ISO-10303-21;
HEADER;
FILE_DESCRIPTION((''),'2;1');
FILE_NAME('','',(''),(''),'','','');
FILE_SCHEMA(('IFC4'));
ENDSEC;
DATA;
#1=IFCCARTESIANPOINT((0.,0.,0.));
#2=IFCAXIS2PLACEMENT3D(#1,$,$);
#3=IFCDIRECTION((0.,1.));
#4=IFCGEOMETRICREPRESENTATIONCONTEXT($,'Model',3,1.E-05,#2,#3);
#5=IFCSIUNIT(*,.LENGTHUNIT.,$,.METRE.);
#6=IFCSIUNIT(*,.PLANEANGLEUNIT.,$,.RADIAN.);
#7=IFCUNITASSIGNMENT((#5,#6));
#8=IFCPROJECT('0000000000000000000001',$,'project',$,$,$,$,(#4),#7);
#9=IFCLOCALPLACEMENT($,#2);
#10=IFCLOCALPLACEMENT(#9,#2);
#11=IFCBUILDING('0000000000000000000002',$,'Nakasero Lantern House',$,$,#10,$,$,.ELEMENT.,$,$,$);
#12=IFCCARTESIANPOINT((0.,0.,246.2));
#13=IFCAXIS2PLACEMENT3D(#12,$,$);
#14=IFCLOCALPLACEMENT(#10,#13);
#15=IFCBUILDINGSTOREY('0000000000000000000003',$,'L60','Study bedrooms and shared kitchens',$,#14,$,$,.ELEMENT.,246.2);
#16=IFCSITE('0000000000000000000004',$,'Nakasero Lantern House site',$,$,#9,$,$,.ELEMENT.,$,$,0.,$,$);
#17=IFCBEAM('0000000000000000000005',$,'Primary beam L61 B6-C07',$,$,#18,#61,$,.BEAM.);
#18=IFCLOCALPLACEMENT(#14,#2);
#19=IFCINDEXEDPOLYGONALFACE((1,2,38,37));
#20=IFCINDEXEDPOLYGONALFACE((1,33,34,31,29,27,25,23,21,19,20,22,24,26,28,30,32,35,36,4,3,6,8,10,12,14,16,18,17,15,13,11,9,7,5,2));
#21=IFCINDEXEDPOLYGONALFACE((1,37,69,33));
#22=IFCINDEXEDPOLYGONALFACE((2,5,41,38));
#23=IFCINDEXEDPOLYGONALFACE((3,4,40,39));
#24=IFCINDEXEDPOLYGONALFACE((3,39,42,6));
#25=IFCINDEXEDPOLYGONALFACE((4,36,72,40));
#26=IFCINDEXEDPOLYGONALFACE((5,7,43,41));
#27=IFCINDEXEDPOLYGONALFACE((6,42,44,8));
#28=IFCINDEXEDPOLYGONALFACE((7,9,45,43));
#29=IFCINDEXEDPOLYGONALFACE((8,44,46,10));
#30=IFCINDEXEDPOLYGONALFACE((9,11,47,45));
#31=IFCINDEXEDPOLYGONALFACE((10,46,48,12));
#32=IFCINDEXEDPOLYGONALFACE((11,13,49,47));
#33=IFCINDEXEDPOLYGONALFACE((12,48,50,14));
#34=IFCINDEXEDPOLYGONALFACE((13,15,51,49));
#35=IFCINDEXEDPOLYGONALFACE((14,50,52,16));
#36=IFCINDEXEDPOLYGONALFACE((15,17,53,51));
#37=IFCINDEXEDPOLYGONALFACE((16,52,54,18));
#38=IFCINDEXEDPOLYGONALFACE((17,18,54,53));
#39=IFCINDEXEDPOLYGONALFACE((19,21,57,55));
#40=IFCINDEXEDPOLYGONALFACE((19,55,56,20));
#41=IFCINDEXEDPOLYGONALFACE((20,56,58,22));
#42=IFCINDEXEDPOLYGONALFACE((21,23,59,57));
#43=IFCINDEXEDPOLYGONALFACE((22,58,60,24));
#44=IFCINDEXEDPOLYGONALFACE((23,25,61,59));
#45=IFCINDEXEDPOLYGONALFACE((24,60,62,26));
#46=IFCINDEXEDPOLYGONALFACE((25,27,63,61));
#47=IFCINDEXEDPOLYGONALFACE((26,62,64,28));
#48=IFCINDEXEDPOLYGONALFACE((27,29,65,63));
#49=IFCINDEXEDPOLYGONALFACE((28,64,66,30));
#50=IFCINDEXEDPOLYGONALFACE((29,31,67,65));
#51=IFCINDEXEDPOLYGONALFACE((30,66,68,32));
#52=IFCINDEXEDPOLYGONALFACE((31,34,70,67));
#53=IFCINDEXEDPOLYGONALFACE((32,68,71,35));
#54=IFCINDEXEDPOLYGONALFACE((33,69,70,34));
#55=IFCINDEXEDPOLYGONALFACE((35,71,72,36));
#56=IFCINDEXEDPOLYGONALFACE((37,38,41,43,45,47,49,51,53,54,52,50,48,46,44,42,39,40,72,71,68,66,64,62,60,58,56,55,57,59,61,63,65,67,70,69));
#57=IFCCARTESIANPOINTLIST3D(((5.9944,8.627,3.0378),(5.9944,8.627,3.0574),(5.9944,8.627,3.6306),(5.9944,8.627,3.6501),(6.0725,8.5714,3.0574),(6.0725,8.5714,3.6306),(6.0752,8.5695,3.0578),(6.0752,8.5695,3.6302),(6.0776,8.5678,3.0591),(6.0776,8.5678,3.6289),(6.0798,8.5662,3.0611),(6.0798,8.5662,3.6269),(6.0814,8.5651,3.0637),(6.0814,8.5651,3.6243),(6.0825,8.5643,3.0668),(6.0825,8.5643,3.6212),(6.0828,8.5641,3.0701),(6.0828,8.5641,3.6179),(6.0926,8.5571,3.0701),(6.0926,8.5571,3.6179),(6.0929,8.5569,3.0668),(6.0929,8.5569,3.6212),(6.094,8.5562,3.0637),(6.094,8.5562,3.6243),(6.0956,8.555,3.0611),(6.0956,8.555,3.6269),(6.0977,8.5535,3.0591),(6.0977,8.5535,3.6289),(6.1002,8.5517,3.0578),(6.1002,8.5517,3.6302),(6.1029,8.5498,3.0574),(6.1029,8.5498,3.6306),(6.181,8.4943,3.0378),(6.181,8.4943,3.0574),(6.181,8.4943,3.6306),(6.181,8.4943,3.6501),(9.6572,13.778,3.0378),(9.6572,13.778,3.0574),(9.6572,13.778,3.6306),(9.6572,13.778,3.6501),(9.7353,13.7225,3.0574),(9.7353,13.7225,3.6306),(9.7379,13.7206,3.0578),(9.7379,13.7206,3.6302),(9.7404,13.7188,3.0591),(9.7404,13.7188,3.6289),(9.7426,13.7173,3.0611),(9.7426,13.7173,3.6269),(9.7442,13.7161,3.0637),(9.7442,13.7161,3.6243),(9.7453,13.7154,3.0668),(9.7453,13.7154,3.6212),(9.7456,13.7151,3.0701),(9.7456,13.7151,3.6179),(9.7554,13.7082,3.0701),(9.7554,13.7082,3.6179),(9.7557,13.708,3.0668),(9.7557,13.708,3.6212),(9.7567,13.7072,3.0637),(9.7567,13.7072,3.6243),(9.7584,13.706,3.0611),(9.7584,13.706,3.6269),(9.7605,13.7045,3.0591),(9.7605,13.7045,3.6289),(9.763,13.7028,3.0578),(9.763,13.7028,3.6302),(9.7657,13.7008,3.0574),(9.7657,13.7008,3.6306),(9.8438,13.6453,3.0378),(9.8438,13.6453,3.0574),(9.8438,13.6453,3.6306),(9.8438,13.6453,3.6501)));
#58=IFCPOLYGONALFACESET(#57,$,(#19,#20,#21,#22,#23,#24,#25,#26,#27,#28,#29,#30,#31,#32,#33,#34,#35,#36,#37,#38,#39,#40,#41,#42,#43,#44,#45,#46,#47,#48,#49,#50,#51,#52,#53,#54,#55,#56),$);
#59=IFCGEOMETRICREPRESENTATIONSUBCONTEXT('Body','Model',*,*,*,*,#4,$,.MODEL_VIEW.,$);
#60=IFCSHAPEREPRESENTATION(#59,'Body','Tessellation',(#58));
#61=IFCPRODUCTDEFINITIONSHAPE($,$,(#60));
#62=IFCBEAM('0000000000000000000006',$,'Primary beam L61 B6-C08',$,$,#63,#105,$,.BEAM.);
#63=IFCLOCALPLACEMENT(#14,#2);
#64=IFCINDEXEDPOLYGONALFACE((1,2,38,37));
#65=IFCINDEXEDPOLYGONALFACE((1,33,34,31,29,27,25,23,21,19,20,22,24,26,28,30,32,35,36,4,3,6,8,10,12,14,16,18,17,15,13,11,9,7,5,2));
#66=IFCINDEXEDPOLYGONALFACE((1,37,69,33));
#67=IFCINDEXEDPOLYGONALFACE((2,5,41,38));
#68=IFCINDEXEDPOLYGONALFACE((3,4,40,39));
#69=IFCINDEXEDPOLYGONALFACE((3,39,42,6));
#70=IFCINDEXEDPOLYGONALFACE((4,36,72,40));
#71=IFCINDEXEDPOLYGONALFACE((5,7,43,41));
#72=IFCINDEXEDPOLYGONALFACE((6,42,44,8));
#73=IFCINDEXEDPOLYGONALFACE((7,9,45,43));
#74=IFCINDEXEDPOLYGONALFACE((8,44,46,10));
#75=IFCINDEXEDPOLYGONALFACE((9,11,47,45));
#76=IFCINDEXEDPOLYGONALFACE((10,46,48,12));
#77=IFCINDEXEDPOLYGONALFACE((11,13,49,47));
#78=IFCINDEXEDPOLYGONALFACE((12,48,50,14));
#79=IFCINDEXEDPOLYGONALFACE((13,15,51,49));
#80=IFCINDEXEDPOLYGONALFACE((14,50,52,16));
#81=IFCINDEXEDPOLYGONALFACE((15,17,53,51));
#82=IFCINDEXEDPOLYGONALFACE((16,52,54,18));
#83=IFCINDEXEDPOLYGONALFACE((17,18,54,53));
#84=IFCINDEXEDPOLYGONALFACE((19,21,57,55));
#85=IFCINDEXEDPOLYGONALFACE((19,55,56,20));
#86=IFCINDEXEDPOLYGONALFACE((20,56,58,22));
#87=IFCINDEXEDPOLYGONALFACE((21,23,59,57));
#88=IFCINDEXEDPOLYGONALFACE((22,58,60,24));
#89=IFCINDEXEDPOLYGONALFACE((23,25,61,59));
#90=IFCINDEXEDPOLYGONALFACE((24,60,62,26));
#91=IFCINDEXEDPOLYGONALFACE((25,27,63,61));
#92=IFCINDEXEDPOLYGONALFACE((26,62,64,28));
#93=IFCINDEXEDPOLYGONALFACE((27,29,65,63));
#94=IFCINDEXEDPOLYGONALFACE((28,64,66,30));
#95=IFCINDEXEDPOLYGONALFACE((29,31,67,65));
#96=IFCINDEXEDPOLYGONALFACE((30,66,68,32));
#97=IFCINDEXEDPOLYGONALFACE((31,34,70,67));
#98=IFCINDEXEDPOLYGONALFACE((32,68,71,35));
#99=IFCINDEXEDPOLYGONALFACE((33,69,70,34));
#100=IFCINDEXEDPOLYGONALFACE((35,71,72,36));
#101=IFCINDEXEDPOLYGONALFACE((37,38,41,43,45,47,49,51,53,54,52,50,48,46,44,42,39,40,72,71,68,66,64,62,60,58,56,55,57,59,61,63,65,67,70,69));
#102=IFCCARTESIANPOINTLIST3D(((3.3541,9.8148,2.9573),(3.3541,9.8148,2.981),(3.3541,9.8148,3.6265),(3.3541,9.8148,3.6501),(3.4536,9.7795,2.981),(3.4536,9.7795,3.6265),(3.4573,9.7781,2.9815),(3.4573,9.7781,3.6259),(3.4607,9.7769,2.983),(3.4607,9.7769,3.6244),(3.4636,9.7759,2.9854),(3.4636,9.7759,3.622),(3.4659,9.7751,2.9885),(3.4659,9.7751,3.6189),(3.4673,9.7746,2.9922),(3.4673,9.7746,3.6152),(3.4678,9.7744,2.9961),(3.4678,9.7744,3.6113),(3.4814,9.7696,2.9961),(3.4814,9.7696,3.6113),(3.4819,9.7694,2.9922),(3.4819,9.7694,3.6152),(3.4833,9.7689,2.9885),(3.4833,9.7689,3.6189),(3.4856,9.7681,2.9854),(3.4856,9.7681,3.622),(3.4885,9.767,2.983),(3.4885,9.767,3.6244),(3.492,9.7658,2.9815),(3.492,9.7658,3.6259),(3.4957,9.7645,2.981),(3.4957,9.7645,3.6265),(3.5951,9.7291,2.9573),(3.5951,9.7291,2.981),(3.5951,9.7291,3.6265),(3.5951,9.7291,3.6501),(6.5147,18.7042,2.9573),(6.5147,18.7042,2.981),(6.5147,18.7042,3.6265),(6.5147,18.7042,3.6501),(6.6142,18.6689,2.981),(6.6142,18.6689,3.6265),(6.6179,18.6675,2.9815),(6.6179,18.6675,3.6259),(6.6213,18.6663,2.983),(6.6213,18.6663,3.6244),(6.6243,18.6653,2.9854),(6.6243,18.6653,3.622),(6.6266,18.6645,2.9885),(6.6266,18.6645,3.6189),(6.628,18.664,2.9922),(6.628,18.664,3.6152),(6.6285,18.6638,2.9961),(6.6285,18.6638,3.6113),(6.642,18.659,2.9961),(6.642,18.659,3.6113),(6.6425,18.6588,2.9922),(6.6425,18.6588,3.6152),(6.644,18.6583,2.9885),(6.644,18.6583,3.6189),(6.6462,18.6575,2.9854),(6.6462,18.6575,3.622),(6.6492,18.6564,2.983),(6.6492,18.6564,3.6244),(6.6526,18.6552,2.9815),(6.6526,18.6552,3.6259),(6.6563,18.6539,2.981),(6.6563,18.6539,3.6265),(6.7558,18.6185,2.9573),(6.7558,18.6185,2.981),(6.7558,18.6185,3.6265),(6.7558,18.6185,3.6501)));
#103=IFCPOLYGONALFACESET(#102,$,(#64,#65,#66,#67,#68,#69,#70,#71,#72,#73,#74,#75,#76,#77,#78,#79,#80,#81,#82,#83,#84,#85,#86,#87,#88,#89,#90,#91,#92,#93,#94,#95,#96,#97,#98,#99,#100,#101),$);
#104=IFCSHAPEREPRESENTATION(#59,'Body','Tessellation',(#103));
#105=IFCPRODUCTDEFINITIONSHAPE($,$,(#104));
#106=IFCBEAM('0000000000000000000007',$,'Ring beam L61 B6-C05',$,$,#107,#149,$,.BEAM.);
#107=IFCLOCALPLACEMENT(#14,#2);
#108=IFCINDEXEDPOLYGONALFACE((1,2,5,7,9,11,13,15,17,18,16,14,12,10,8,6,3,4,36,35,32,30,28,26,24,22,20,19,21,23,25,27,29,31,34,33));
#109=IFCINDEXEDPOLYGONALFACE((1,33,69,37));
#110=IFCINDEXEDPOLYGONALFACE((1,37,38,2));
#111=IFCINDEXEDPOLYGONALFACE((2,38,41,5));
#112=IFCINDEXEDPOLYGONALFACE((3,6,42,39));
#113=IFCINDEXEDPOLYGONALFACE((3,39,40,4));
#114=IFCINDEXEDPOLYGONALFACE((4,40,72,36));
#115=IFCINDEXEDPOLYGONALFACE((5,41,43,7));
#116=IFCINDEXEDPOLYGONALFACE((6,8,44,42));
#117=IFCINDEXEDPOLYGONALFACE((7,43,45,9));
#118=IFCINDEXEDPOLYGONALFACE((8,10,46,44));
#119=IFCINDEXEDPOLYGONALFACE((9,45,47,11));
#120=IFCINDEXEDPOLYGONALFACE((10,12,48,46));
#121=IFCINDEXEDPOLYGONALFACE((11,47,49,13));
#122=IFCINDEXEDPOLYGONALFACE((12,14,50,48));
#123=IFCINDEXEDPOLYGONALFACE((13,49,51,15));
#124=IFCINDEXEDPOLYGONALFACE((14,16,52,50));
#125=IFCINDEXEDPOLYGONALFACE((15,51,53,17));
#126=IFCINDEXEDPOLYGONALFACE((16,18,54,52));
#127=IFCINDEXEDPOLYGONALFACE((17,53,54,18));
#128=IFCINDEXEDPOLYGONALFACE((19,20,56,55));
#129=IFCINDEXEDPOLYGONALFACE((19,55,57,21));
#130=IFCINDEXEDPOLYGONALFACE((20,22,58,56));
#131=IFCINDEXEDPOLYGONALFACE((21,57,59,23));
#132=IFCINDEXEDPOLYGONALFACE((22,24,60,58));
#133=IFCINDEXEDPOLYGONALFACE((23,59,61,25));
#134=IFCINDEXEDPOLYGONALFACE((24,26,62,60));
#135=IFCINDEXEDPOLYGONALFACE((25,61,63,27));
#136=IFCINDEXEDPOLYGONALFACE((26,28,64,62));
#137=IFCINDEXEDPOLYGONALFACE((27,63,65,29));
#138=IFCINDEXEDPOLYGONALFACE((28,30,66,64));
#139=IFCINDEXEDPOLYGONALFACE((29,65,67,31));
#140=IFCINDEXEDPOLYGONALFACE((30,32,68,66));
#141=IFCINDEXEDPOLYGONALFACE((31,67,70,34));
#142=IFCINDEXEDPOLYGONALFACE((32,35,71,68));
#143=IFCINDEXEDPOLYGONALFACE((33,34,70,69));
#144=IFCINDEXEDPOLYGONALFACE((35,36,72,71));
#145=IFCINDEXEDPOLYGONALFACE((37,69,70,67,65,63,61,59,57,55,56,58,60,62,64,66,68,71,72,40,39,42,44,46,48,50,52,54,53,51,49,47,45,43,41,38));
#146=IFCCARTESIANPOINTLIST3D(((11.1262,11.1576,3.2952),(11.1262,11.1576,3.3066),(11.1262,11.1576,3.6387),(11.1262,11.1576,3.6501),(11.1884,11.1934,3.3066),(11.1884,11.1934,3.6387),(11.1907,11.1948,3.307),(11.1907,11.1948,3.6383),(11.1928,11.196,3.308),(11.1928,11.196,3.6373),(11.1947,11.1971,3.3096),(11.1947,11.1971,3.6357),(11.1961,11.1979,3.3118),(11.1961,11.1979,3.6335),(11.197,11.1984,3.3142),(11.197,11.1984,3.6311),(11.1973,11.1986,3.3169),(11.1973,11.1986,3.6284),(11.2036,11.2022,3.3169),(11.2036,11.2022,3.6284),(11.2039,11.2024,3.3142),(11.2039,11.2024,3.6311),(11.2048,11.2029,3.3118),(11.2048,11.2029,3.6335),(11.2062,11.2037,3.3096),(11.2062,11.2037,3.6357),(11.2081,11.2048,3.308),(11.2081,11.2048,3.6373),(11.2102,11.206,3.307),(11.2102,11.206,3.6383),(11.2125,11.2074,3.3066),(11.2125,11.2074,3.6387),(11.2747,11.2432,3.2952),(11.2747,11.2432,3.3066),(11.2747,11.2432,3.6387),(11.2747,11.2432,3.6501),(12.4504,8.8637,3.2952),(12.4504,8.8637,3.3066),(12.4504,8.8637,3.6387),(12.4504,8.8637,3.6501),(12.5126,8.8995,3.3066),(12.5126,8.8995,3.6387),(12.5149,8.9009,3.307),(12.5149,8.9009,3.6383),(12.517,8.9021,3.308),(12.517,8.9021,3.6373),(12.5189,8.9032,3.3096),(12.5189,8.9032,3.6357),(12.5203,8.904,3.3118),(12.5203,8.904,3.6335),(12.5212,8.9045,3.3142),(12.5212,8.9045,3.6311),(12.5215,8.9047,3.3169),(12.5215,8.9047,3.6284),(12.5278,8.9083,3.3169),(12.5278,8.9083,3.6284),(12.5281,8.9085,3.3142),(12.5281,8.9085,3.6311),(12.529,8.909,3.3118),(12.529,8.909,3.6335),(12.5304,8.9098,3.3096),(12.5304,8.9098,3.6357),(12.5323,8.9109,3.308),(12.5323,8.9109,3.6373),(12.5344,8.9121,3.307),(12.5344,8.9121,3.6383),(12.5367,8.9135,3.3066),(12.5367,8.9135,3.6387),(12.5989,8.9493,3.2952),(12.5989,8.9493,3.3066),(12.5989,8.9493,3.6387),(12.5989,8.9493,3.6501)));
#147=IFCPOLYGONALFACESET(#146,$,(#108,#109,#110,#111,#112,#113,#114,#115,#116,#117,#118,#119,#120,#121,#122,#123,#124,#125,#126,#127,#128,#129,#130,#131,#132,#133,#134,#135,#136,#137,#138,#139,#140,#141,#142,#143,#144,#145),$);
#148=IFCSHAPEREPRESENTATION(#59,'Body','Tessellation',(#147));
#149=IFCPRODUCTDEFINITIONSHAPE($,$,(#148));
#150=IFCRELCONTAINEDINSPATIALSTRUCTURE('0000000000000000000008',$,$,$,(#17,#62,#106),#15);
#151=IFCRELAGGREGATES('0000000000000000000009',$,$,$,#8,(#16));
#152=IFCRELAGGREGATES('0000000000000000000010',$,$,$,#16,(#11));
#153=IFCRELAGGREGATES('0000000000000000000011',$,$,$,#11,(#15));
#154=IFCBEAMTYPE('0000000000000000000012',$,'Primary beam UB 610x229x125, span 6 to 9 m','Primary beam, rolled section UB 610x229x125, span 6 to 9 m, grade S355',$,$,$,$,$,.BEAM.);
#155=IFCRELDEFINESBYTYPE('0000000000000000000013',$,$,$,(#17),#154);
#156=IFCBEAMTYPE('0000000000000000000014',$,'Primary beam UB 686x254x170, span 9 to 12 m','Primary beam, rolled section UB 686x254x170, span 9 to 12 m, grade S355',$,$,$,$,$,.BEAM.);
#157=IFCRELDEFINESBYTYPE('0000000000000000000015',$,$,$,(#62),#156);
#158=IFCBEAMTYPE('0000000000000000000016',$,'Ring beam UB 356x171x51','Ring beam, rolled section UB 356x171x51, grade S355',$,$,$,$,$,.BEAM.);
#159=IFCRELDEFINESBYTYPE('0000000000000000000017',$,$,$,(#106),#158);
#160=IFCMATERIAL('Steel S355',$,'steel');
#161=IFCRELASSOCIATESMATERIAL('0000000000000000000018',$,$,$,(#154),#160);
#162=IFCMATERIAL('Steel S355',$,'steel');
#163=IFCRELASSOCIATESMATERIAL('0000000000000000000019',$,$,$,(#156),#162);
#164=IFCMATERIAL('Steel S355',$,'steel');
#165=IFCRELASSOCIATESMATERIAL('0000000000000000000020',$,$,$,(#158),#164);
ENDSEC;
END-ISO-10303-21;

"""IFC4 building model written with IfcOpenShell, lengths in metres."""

from ifc_helpers import new_model, si_unit, direction, frame, origin, origin_2d, place, context, subcontext, project, spatial, i_section, extrude, material, material_profile, profile_set, type_object, element, save


model = new_model("IFC4")

# Units and contexts
model_context = context("Model", 3, precision=1e-05, world=origin(), true_north=direction((0.0, 1.0)))
body_context = subcontext(model_context, "Body", "Model", "MODEL_VIEW")
ifc_project = project(units=[si_unit("LENGTHUNIT", "METRE"), si_unit("PLANEANGLEUNIT", "RADIAN")], contexts=[model_context])

# Site, building, storey
site_placement = place(None, origin())
site = spatial("IfcSite", under=ifc_project, at=site_placement, Name="Nakasero Lantern House site", CompositionType="ELEMENT", RefElevation=0.0)
building_placement = place(site_placement, origin())
building = spatial("IfcBuilding", under=site, at=building_placement, Name="Nakasero Lantern House", CompositionType="ELEMENT")
storey_placement = place(building_placement, frame((0.0, 0.0, 246.2)))
storey = spatial("IfcBuildingStorey", under=building, at=storey_placement, Name="L60", Description="Study bedrooms and shared kitchens", CompositionType="ELEMENT", Elevation=246.2)

# Beams
ifc_material_1 = material(Name="Steel S355", Category="steel")
ifc_material_profile_1 = material_profile(ifc_material_1, i_section(OverallWidth=0.229, OverallDepth=0.6123, WebThickness=0.012, FlangeThickness=0.0195, FilletRadius=0.0127, at=origin_2d()), Name="UB 610x229x125")
ifc_profile_set_1 = profile_set([ifc_material_profile_1], Name="Steel S355")
beam_type_1 = type_object("IfcBeamType", Name="Primary beam UB 610x229x125, span 6 to 9 m", Description="Primary beam, rolled section UB 610x229x125, span 6 to 9 m, grade S355", PredefinedType="BEAM", material=ifc_profile_set_1)
beam_1_placement = place(storey_placement, frame((9.7505, 13.7117, 3.344), z_axis=(-0.579505, -0.814969, 0.0), x_axis=(0.814969, -0.579505, 0.0)))
element("IfcBeam", 1, at=beam_1_placement, inside=storey, type_object=beam_type_1, Name="Primary beam L61 B6-C07", PredefinedType="BEAM", context=body_context, shape_type="SweptSolid", body=[
    extrude(i_section(OverallWidth=0.229, OverallDepth=0.6123, WebThickness=0.012, FlangeThickness=0.0195, FilletRadius=0.0127, at=origin_2d()), origin(), (0.0, 0.0, 1.0), 6.3206),
])
ifc_material_2 = material(Name="Steel S355", Category="steel")
ifc_material_profile_2 = material_profile(ifc_material_2, i_section(OverallWidth=0.2559, OverallDepth=0.6929, WebThickness=0.0144, FlangeThickness=0.0237, FilletRadius=0.0151, at=origin_2d()), Name="UB 686x254x170")
ifc_profile_set_2 = profile_set([ifc_material_profile_2], Name="Steel S355")
beam_type_2 = type_object("IfcBeamType", Name="Primary beam UB 686x254x170, span 9 to 12 m", Description="Primary beam, rolled section UB 686x254x170, span 9 to 12 m, grade S355", PredefinedType="BEAM", material=ifc_profile_set_2)
beam_2_placement = place(storey_placement, frame((6.6353, 18.6614, 3.3037), z_axis=(-0.335007, -0.942216, 0.0), x_axis=(0.942216, -0.335007, 0.0)))
element("IfcBeam", 2, at=beam_2_placement, inside=storey, type_object=beam_type_2, Name="Primary beam L61 B6-C08", PredefinedType="BEAM", context=body_context, shape_type="SweptSolid", body=[
    extrude(i_section(OverallWidth=0.2559, OverallDepth=0.6929, WebThickness=0.0144, FlangeThickness=0.0237, FilletRadius=0.0151, at=origin_2d()), origin(), (0.0, 0.0, 1.0), 9.4346),
])
ifc_material_3 = material(Name="Steel S355", Category="steel")
ifc_material_profile_3 = material_profile(ifc_material_3, i_section(OverallWidth=0.1714, OverallDepth=0.355, WebThickness=0.0073, FlangeThickness=0.0115, FilletRadius=0.0103, at=origin_2d()), Name="UB 356x171x51")
ifc_profile_set_3 = profile_set([ifc_material_profile_3], Name="Steel S355")
beam_type_3 = type_object("IfcBeamType", Name="Ring beam UB 356x171x51", Description="Ring beam, rolled section UB 356x171x51, grade S355", PredefinedType="BEAM", material=ifc_profile_set_3)
beam_3_placement = place(storey_placement, frame((12.5247, 8.9065, 3.4727), z_axis=(-0.499946, 0.866057, 0.0), x_axis=(-0.866057, -0.499946, 0.0)))
element("IfcBeam", 3, at=beam_3_placement, inside=storey, type_object=beam_type_3, Name="Ring beam L61 B6-C05", PredefinedType="BEAM", context=body_context, shape_type="SweptSolid", body=[
    extrude(i_section(OverallWidth=0.1714, OverallDepth=0.355, WebThickness=0.0073, FlangeThickness=0.0115, FilletRadius=0.0103, at=origin_2d()), origin(), (0.0, 0.0, 1.0), 2.6487),
])

save(model, "model.ifc")
